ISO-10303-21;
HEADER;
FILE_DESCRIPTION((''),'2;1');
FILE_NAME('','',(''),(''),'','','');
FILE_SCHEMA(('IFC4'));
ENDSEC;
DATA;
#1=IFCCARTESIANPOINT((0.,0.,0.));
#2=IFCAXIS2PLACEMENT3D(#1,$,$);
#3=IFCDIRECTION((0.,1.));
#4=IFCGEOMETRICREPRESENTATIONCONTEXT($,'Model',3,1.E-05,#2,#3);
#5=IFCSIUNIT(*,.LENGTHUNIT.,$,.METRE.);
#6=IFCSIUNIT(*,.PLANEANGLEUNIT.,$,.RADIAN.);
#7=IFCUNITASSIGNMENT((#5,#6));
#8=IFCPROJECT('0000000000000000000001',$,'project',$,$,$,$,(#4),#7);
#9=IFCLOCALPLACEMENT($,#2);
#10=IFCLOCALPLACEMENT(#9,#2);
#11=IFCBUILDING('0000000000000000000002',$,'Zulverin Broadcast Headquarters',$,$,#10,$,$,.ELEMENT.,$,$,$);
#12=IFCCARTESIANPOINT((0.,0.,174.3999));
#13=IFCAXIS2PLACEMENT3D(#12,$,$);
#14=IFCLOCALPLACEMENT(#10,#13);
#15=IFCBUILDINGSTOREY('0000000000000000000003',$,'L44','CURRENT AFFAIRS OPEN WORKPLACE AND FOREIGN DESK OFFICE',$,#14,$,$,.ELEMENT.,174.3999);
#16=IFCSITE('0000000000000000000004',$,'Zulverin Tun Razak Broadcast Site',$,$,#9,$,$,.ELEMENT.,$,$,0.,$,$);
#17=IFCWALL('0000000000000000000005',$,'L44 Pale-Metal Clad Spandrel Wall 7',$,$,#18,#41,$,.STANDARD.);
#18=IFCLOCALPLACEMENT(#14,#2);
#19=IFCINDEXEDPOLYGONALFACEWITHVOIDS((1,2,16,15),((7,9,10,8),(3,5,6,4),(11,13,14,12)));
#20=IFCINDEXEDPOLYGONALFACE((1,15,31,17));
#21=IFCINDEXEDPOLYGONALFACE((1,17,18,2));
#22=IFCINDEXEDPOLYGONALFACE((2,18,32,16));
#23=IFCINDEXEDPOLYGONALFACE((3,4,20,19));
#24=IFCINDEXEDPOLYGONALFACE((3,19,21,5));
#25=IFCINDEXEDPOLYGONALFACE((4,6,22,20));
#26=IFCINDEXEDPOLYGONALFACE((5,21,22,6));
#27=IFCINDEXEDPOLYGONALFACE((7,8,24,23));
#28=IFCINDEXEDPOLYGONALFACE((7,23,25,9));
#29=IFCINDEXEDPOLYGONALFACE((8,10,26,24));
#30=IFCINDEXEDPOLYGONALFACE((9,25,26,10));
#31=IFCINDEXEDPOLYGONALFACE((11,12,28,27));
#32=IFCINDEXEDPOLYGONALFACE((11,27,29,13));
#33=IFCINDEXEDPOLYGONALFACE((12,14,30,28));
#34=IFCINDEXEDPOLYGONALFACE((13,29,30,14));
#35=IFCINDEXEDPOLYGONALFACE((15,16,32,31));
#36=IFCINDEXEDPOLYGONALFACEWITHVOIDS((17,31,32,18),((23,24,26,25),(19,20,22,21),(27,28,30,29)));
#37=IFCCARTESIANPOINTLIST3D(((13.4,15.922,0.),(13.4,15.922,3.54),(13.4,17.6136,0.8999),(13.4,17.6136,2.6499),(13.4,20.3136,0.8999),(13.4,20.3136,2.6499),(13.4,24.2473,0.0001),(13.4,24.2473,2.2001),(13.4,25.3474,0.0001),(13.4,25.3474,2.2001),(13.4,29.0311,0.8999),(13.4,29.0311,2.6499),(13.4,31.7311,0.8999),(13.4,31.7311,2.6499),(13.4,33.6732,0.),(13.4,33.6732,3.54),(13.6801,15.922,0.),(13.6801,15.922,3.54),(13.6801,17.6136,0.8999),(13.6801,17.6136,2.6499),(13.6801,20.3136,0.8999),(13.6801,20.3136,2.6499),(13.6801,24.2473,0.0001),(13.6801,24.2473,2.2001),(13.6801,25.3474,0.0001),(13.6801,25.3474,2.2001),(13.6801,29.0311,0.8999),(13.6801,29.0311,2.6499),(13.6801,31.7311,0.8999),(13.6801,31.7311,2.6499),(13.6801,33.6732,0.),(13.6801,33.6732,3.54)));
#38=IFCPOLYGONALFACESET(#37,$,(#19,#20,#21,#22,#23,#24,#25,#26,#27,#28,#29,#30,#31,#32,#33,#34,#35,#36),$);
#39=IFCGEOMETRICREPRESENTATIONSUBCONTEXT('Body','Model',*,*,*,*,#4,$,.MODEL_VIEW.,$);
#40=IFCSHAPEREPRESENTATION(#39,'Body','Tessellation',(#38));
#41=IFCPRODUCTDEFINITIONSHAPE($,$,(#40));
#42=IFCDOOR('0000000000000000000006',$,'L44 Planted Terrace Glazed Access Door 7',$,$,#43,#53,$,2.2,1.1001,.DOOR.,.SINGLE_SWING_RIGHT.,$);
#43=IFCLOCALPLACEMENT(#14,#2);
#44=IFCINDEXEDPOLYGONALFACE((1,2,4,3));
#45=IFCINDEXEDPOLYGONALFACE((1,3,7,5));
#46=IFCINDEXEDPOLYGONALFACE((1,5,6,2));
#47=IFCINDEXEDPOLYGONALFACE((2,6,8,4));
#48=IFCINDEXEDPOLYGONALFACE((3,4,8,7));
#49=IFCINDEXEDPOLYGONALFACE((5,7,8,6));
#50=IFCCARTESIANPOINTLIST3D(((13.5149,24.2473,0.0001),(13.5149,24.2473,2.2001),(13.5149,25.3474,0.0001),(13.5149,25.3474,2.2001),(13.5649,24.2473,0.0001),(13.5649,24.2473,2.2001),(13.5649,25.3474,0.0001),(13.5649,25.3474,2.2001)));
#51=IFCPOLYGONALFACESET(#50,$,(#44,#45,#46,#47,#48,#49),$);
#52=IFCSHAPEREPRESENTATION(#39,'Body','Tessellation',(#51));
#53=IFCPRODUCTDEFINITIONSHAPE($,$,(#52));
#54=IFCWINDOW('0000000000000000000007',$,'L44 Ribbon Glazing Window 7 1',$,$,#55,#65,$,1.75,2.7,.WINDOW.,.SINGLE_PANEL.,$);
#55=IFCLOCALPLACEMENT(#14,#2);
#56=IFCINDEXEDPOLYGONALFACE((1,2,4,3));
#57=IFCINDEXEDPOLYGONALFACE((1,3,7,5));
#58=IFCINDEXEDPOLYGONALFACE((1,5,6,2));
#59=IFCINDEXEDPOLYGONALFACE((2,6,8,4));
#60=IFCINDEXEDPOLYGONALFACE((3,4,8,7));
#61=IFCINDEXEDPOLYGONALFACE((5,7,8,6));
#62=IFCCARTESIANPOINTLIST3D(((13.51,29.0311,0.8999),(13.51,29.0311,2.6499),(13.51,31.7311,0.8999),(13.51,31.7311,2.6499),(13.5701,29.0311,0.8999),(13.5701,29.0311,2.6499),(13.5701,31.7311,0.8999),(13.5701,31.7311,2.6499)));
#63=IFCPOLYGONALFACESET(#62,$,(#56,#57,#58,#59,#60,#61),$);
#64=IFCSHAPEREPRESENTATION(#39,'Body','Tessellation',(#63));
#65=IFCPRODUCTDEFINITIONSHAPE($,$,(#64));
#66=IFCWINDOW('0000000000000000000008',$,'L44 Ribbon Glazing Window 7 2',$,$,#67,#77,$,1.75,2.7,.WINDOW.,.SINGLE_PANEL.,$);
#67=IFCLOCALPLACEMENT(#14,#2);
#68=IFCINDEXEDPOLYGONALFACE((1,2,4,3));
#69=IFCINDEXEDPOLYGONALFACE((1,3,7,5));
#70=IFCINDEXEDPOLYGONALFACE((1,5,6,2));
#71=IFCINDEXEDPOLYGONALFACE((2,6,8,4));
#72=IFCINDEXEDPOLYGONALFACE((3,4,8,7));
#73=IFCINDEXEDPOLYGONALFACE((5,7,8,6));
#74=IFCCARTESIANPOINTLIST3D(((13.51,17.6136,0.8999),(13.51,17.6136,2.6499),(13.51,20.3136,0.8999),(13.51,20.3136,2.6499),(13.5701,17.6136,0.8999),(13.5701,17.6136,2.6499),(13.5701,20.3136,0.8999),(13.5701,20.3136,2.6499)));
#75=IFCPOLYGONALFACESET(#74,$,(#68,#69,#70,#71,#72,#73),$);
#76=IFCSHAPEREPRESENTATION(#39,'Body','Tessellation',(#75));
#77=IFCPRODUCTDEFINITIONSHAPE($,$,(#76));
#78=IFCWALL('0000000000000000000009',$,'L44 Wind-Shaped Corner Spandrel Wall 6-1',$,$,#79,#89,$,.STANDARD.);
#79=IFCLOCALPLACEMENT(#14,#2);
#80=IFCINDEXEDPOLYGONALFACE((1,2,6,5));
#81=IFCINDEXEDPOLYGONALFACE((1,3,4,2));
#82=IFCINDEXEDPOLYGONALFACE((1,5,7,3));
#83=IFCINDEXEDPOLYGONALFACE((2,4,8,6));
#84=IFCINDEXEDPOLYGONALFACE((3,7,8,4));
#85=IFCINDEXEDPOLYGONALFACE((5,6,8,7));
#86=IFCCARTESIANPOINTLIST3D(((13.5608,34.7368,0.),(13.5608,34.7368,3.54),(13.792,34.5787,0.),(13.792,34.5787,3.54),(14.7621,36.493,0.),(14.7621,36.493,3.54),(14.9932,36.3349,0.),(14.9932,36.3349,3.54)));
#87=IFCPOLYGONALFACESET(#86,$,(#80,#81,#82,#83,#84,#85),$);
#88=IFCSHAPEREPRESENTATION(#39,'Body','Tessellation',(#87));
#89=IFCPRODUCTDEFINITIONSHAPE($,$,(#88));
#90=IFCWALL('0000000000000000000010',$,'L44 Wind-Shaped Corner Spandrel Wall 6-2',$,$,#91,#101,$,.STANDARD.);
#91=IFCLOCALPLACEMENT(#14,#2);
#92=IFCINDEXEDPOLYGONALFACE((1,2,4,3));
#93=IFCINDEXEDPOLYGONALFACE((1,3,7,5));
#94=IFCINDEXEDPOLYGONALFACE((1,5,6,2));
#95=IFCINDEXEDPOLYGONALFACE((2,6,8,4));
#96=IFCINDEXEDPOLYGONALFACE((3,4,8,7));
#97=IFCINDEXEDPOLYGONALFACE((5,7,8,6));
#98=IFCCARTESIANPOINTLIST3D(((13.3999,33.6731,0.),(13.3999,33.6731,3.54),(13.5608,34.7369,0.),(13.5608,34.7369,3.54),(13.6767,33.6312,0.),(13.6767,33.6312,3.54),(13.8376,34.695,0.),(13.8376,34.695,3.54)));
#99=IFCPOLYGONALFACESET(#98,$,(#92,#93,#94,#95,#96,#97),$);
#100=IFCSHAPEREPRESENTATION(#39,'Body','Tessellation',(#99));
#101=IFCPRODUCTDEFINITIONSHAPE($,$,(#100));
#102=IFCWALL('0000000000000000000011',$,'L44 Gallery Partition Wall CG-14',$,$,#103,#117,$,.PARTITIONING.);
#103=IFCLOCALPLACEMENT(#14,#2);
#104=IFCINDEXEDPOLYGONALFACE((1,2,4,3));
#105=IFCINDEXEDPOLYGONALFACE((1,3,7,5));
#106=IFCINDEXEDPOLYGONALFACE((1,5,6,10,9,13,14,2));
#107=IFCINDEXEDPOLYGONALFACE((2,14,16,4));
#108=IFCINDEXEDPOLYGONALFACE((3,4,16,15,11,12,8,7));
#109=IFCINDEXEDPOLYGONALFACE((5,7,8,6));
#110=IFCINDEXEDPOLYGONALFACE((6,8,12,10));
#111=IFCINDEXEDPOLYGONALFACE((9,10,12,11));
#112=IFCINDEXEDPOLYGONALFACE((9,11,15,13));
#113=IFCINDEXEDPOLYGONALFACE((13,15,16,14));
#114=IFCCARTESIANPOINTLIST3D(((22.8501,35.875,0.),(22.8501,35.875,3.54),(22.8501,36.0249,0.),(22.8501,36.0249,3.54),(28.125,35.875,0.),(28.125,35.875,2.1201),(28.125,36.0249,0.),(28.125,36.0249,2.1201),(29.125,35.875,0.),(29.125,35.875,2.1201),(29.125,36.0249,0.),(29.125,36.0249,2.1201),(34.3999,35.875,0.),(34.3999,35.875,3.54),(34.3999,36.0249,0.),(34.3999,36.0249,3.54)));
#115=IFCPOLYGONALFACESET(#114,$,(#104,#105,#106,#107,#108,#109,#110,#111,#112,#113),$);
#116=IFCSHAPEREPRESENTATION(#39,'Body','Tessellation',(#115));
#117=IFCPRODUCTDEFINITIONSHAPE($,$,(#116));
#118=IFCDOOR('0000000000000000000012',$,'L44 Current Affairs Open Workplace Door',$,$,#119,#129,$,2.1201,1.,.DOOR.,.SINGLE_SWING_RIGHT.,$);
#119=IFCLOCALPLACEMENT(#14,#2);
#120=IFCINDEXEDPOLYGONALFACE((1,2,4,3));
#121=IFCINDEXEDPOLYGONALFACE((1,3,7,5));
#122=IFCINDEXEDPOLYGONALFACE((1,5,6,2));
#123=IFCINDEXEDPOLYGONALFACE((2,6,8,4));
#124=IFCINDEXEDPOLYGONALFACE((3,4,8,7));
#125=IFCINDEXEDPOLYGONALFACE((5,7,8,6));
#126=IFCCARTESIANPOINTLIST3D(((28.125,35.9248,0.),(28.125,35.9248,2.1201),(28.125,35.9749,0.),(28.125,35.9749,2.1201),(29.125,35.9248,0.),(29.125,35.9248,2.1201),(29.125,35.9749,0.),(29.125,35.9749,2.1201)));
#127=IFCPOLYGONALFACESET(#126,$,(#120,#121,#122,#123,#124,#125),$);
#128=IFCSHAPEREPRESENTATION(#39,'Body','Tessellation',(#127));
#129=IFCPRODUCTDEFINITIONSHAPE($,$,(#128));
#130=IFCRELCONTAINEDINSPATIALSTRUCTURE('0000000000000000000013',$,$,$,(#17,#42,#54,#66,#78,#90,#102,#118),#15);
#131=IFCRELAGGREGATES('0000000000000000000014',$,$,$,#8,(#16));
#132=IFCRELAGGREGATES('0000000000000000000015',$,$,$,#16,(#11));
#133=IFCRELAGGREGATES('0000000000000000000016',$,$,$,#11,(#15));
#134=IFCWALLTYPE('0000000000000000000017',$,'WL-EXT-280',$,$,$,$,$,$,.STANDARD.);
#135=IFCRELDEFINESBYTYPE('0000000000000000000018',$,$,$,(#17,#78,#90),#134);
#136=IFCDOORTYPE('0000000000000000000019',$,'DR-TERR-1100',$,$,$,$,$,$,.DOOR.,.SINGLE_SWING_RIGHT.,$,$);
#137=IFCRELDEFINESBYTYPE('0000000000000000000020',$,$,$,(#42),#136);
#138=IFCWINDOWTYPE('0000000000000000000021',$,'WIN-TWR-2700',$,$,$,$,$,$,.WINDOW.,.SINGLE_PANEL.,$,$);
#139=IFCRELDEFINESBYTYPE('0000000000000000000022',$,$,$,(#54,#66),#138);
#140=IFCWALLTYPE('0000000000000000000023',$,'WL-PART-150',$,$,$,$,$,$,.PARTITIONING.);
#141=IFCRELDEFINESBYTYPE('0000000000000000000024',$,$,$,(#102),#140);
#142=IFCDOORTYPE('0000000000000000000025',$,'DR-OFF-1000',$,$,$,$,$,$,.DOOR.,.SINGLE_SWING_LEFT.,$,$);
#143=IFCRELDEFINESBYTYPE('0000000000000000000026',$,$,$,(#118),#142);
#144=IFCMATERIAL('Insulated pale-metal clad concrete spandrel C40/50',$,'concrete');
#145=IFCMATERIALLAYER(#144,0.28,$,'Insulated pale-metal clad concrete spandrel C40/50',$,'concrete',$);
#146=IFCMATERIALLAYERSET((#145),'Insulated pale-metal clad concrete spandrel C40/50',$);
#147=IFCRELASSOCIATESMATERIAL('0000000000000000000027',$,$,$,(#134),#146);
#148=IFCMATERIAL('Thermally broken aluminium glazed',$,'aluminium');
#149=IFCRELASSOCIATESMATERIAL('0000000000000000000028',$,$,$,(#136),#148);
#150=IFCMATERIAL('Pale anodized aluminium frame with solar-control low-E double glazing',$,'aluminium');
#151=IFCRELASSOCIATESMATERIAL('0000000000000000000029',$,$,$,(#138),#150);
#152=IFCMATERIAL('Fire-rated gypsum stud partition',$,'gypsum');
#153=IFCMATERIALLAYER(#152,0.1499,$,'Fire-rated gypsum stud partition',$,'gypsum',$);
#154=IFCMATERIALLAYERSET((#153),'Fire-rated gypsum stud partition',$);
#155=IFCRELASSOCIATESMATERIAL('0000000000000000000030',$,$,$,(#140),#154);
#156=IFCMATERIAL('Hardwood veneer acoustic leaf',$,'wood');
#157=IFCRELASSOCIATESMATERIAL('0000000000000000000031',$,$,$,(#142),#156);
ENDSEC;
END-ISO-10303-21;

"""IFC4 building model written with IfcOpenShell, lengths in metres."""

from ifc_helpers import new_model, si_unit, direction, frame, frame_2d, origin, place, context, subcontext, project, spatial, rectangle, extrude, material, layer, layer_set, type_object, element, fill, save


model = new_model("IFC4")

# Units and contexts
model_context = context("Model", 3, precision=1e-05, world=origin(), true_north=direction((0.0, 1.0)))
body_context = subcontext(model_context, "Body", "Model", "MODEL_VIEW")
ifc_project = project(units=[si_unit("LENGTHUNIT", "METRE"), si_unit("PLANEANGLEUNIT", "RADIAN")], contexts=[model_context])

# Site, building, storey
site_placement = place(None, origin())
site = spatial("IfcSite", under=ifc_project, at=site_placement, Name="Zulverin Tun Razak Broadcast Site", CompositionType="ELEMENT", RefElevation=0.0)
building_placement = place(site_placement, origin())
building = spatial("IfcBuilding", under=site, at=building_placement, Name="Zulverin Broadcast Headquarters", CompositionType="ELEMENT")
storey_placement = place(building_placement, frame((0.0, 0.0, 174.3999)))
storey = spatial("IfcBuildingStorey", under=building, at=storey_placement, Name="L44", Description="CURRENT AFFAIRS OPEN WORKPLACE AND FOREIGN DESK OFFICE", CompositionType="ELEMENT", Elevation=174.3999)

# Wall, openings, door, windows
ifc_material_1 = material(Name="Insulated pale-metal clad concrete spandrel C40/50", Category="concrete")
ifc_layer_1 = layer(ifc_material_1, 0.28, Name="Insulated pale-metal clad concrete spandrel C40/50", Category="concrete")
ifc_layer_set_1 = layer_set([ifc_layer_1], Name="Insulated pale-metal clad concrete spandrel C40/50")
wall_type_1 = type_object("IfcWallType", Name="WL-EXT-280", PredefinedType="STANDARD", material=ifc_layer_set_1)
wall_1_placement = place(storey_placement, frame((13.54, 33.6731, 0.0), z_axis=(0.0, 0.0, 1.0), x_axis=(0.0, -1.0, 0.0)))
wall_1 = element("IfcWall", 1, at=wall_1_placement, inside=storey, type_object=wall_type_1, Name="L44 Pale-Metal Clad Spandrel Wall 7", PredefinedType="STANDARD", context=body_context, shape_type="SweptSolid", body=[
    extrude(rectangle(XDim=17.7512, YDim=0.28, at=frame_2d((8.8755, 0.0))), origin(), (0.0, 0.0, 1.0), 3.54),
])
opening_1_placement = place(wall_1_placement, frame((8.3257, 0.0, 0.0)))
opening_1 = element("IfcOpeningElement", 2, at=opening_1_placement, cuts=wall_1, PredefinedType="OPENING", context=body_context, shape_type="SweptSolid", body=[
    extrude(rectangle(XDim=1.1001, YDim=2.2, at=frame_2d((0.55, 1.1001))), frame((0.0, 0.1499, 0.0), z_axis=(0.0, -1.0, 0.0), x_axis=(1.0, 0.0, 0.0)), (0.0, 0.0, 1.0), 0.3),
])
opening_2_placement = place(wall_1_placement, frame((1.9419, 0.0, 0.8999)))
opening_2 = element("IfcOpeningElement", 3, at=opening_2_placement, cuts=wall_1, PredefinedType="OPENING", context=body_context, shape_type="SweptSolid", body=[
    extrude(rectangle(XDim=2.7, YDim=1.75, at=frame_2d((1.3501, 0.875))), frame((0.0, 0.1499, 0.0), z_axis=(0.0, -1.0, 0.0), x_axis=(1.0, 0.0, 0.0)), (0.0, 0.0, 1.0), 0.3),
])
opening_3_placement = place(wall_1_placement, frame((13.3594, 0.0, 0.8999)))
opening_3 = element("IfcOpeningElement", 4, at=opening_3_placement, cuts=wall_1, PredefinedType="OPENING", context=body_context, shape_type="SweptSolid", body=[
    extrude(rectangle(XDim=2.7, YDim=1.75, at=frame_2d((1.3501, 0.875))), frame((0.0, 0.1499, 0.0), z_axis=(0.0, -1.0, 0.0), x_axis=(1.0, 0.0, 0.0)), (0.0, 0.0, 1.0), 0.3),
])
ifc_material_2 = material(Name="Thermally broken aluminium glazed", Category="aluminium")
door_type_1 = type_object("IfcDoorType", Name="DR-TERR-1100", OperationType="SINGLE_SWING_RIGHT", PredefinedType="DOOR", material=ifc_material_2)
door_1_placement = place(opening_1_placement, origin())
door_1 = element("IfcDoor", 5, at=door_1_placement, inside=storey, type_object=door_type_1, Name="L44 Planted Terrace Glazed Access Door 7", OperationType="SINGLE_SWING_RIGHT", OverallHeight=2.2, OverallWidth=1.1001, PredefinedType="DOOR", context=body_context, shape_type="SweptSolid", body=[
    extrude(rectangle(XDim=1.1001, YDim=2.2, at=frame_2d((0.55, 1.1001))), frame((0.0, 0.0249, 0.0), z_axis=(0.0, -1.0, 0.0), x_axis=(1.0, 0.0, 0.0)), (0.0, 0.0, 1.0), 0.05),
])
fill(opening_1, door_1)
ifc_material_3 = material(Name="Pale anodized aluminium frame with solar-control low-E double glazing", Category="aluminium")
window_type = type_object("IfcWindowType", Name="WIN-TWR-2700", PartitioningType="SINGLE_PANEL", PredefinedType="WINDOW", material=ifc_material_3)
window_1_placement = place(opening_2_placement, origin())
window_1 = element("IfcWindow", 6, at=window_1_placement, inside=storey, type_object=window_type, Name="L44 Ribbon Glazing Window 7 1", OverallHeight=1.75, OverallWidth=2.7, PartitioningType="SINGLE_PANEL", PredefinedType="WINDOW", context=body_context, shape_type="SweptSolid", body=[
    extrude(rectangle(XDim=2.7, YDim=1.75, at=frame_2d((1.3501, 0.875))), frame((0.0, 0.03, 0.0), z_axis=(0.0, -1.0, 0.0), x_axis=(1.0, 0.0, 0.0)), (0.0, 0.0, 1.0), 0.0601),
])
fill(opening_2, window_1)
window_2_placement = place(opening_3_placement, origin())
window_2 = element("IfcWindow", 7, at=window_2_placement, inside=storey, type_object=window_type, Name="L44 Ribbon Glazing Window 7 2", OverallHeight=1.75, OverallWidth=2.7, PartitioningType="SINGLE_PANEL", PredefinedType="WINDOW", context=body_context, shape_type="SweptSolid", body=[
    extrude(rectangle(XDim=2.7, YDim=1.75, at=frame_2d((1.3501, 0.875))), frame((0.0, 0.03, 0.0), z_axis=(0.0, -1.0, 0.0), x_axis=(1.0, 0.0, 0.0)), (0.0, 0.0, 1.0), 0.0601),
])
fill(opening_3, window_2)

# Walls
wall_2_placement = place(storey_placement, frame((14.8777, 36.4141, 0.0), z_axis=(0.0, 0.0, 1.0), x_axis=(-0.564565, -0.825389, 0.0)))
element("IfcWall", 8, at=wall_2_placement, inside=storey, type_object=wall_type_1, Name="L44 Wind-Shaped Corner Spandrel Wall 6-1", PredefinedType="STANDARD", context=body_context, shape_type="SweptSolid", body=[
    extrude(rectangle(XDim=2.1277, YDim=0.28, at=frame_2d((1.064, 0.0))), origin(), (0.0, 0.0, 1.0), 3.54),
])
wall_3_placement = place(storey_placement, frame((13.6992, 34.7161, 0.0), z_axis=(0.0, 0.0, 1.0), x_axis=(-0.14955, -0.988754, 0.0)))
element("IfcWall", 9, at=wall_3_placement, inside=storey, type_object=wall_type_1, Name="L44 Wind-Shaped Corner Spandrel Wall 6-2", PredefinedType="STANDARD", context=body_context, shape_type="SweptSolid", body=[
    extrude(rectangle(XDim=1.0759, YDim=0.28, at=frame_2d((0.5381, 0.0))), origin(), (0.0, 0.0, 1.0), 3.54),
])

# Wall, opening, door
ifc_material_4 = material(Name="Fire-rated gypsum stud partition", Category="gypsum")
ifc_layer_2 = layer(ifc_material_4, 0.1499, Name="Fire-rated gypsum stud partition", Category="gypsum")
ifc_layer_set_2 = layer_set([ifc_layer_2], Name="Fire-rated gypsum stud partition")
wall_type_2 = type_object("IfcWallType", Name="WL-PART-150", PredefinedType="PARTITIONING", material=ifc_layer_set_2)
wall_4_placement = place(storey_placement, frame((22.8501, 35.95, 0.0), z_axis=(0.0, 0.0, 1.0), x_axis=(1.0, 0.0, 0.0)))
wall_4 = element("IfcWall", 10, at=wall_4_placement, inside=storey, type_object=wall_type_2, Name="L44 Gallery Partition Wall CG-14", PredefinedType="PARTITIONING", context=body_context, shape_type="SweptSolid", body=[
    extrude(rectangle(XDim=11.5498, YDim=0.1499, at=frame_2d((5.7749, 0.0))), origin(), (0.0, 0.0, 1.0), 3.54),
])
opening_4_placement = place(wall_4_placement, frame((5.2749, 0.0, 0.0)))
opening_4 = element("IfcOpeningElement", 11, at=opening_4_placement, cuts=wall_4, PredefinedType="OPENING", context=body_context, shape_type="SweptSolid", body=[
    extrude(rectangle(XDim=1.0, YDim=2.1201, at=frame_2d((0.5, 1.0601))), frame((0.0, 0.085, 0.0), z_axis=(0.0, -1.0, 0.0), x_axis=(1.0, 0.0, 0.0)), (0.0, 0.0, 1.0), 0.1699),
])
ifc_material_5 = material(Name="Hardwood veneer acoustic leaf", Category="wood")
door_type_2 = type_object("IfcDoorType", Name="DR-OFF-1000", OperationType="SINGLE_SWING_LEFT", PredefinedType="DOOR", material=ifc_material_5)
door_2_placement = place(opening_4_placement, origin())
door_2 = element("IfcDoor", 12, at=door_2_placement, inside=storey, type_object=door_type_2, Name="L44 Current Affairs Open Workplace Door", OperationType="SINGLE_SWING_RIGHT", OverallHeight=2.1201, OverallWidth=1.0, PredefinedType="DOOR", context=body_context, shape_type="SweptSolid", body=[
    extrude(rectangle(XDim=1.0, YDim=2.1201, at=frame_2d((0.5, 1.0601))), frame((0.0, 0.0249, 0.0), z_axis=(0.0, -1.0, 0.0), x_axis=(1.0, 0.0, 0.0)), (0.0, 0.0, 1.0), 0.05),
])
fill(opening_4, door_2)

save(model, "model.ifc")
